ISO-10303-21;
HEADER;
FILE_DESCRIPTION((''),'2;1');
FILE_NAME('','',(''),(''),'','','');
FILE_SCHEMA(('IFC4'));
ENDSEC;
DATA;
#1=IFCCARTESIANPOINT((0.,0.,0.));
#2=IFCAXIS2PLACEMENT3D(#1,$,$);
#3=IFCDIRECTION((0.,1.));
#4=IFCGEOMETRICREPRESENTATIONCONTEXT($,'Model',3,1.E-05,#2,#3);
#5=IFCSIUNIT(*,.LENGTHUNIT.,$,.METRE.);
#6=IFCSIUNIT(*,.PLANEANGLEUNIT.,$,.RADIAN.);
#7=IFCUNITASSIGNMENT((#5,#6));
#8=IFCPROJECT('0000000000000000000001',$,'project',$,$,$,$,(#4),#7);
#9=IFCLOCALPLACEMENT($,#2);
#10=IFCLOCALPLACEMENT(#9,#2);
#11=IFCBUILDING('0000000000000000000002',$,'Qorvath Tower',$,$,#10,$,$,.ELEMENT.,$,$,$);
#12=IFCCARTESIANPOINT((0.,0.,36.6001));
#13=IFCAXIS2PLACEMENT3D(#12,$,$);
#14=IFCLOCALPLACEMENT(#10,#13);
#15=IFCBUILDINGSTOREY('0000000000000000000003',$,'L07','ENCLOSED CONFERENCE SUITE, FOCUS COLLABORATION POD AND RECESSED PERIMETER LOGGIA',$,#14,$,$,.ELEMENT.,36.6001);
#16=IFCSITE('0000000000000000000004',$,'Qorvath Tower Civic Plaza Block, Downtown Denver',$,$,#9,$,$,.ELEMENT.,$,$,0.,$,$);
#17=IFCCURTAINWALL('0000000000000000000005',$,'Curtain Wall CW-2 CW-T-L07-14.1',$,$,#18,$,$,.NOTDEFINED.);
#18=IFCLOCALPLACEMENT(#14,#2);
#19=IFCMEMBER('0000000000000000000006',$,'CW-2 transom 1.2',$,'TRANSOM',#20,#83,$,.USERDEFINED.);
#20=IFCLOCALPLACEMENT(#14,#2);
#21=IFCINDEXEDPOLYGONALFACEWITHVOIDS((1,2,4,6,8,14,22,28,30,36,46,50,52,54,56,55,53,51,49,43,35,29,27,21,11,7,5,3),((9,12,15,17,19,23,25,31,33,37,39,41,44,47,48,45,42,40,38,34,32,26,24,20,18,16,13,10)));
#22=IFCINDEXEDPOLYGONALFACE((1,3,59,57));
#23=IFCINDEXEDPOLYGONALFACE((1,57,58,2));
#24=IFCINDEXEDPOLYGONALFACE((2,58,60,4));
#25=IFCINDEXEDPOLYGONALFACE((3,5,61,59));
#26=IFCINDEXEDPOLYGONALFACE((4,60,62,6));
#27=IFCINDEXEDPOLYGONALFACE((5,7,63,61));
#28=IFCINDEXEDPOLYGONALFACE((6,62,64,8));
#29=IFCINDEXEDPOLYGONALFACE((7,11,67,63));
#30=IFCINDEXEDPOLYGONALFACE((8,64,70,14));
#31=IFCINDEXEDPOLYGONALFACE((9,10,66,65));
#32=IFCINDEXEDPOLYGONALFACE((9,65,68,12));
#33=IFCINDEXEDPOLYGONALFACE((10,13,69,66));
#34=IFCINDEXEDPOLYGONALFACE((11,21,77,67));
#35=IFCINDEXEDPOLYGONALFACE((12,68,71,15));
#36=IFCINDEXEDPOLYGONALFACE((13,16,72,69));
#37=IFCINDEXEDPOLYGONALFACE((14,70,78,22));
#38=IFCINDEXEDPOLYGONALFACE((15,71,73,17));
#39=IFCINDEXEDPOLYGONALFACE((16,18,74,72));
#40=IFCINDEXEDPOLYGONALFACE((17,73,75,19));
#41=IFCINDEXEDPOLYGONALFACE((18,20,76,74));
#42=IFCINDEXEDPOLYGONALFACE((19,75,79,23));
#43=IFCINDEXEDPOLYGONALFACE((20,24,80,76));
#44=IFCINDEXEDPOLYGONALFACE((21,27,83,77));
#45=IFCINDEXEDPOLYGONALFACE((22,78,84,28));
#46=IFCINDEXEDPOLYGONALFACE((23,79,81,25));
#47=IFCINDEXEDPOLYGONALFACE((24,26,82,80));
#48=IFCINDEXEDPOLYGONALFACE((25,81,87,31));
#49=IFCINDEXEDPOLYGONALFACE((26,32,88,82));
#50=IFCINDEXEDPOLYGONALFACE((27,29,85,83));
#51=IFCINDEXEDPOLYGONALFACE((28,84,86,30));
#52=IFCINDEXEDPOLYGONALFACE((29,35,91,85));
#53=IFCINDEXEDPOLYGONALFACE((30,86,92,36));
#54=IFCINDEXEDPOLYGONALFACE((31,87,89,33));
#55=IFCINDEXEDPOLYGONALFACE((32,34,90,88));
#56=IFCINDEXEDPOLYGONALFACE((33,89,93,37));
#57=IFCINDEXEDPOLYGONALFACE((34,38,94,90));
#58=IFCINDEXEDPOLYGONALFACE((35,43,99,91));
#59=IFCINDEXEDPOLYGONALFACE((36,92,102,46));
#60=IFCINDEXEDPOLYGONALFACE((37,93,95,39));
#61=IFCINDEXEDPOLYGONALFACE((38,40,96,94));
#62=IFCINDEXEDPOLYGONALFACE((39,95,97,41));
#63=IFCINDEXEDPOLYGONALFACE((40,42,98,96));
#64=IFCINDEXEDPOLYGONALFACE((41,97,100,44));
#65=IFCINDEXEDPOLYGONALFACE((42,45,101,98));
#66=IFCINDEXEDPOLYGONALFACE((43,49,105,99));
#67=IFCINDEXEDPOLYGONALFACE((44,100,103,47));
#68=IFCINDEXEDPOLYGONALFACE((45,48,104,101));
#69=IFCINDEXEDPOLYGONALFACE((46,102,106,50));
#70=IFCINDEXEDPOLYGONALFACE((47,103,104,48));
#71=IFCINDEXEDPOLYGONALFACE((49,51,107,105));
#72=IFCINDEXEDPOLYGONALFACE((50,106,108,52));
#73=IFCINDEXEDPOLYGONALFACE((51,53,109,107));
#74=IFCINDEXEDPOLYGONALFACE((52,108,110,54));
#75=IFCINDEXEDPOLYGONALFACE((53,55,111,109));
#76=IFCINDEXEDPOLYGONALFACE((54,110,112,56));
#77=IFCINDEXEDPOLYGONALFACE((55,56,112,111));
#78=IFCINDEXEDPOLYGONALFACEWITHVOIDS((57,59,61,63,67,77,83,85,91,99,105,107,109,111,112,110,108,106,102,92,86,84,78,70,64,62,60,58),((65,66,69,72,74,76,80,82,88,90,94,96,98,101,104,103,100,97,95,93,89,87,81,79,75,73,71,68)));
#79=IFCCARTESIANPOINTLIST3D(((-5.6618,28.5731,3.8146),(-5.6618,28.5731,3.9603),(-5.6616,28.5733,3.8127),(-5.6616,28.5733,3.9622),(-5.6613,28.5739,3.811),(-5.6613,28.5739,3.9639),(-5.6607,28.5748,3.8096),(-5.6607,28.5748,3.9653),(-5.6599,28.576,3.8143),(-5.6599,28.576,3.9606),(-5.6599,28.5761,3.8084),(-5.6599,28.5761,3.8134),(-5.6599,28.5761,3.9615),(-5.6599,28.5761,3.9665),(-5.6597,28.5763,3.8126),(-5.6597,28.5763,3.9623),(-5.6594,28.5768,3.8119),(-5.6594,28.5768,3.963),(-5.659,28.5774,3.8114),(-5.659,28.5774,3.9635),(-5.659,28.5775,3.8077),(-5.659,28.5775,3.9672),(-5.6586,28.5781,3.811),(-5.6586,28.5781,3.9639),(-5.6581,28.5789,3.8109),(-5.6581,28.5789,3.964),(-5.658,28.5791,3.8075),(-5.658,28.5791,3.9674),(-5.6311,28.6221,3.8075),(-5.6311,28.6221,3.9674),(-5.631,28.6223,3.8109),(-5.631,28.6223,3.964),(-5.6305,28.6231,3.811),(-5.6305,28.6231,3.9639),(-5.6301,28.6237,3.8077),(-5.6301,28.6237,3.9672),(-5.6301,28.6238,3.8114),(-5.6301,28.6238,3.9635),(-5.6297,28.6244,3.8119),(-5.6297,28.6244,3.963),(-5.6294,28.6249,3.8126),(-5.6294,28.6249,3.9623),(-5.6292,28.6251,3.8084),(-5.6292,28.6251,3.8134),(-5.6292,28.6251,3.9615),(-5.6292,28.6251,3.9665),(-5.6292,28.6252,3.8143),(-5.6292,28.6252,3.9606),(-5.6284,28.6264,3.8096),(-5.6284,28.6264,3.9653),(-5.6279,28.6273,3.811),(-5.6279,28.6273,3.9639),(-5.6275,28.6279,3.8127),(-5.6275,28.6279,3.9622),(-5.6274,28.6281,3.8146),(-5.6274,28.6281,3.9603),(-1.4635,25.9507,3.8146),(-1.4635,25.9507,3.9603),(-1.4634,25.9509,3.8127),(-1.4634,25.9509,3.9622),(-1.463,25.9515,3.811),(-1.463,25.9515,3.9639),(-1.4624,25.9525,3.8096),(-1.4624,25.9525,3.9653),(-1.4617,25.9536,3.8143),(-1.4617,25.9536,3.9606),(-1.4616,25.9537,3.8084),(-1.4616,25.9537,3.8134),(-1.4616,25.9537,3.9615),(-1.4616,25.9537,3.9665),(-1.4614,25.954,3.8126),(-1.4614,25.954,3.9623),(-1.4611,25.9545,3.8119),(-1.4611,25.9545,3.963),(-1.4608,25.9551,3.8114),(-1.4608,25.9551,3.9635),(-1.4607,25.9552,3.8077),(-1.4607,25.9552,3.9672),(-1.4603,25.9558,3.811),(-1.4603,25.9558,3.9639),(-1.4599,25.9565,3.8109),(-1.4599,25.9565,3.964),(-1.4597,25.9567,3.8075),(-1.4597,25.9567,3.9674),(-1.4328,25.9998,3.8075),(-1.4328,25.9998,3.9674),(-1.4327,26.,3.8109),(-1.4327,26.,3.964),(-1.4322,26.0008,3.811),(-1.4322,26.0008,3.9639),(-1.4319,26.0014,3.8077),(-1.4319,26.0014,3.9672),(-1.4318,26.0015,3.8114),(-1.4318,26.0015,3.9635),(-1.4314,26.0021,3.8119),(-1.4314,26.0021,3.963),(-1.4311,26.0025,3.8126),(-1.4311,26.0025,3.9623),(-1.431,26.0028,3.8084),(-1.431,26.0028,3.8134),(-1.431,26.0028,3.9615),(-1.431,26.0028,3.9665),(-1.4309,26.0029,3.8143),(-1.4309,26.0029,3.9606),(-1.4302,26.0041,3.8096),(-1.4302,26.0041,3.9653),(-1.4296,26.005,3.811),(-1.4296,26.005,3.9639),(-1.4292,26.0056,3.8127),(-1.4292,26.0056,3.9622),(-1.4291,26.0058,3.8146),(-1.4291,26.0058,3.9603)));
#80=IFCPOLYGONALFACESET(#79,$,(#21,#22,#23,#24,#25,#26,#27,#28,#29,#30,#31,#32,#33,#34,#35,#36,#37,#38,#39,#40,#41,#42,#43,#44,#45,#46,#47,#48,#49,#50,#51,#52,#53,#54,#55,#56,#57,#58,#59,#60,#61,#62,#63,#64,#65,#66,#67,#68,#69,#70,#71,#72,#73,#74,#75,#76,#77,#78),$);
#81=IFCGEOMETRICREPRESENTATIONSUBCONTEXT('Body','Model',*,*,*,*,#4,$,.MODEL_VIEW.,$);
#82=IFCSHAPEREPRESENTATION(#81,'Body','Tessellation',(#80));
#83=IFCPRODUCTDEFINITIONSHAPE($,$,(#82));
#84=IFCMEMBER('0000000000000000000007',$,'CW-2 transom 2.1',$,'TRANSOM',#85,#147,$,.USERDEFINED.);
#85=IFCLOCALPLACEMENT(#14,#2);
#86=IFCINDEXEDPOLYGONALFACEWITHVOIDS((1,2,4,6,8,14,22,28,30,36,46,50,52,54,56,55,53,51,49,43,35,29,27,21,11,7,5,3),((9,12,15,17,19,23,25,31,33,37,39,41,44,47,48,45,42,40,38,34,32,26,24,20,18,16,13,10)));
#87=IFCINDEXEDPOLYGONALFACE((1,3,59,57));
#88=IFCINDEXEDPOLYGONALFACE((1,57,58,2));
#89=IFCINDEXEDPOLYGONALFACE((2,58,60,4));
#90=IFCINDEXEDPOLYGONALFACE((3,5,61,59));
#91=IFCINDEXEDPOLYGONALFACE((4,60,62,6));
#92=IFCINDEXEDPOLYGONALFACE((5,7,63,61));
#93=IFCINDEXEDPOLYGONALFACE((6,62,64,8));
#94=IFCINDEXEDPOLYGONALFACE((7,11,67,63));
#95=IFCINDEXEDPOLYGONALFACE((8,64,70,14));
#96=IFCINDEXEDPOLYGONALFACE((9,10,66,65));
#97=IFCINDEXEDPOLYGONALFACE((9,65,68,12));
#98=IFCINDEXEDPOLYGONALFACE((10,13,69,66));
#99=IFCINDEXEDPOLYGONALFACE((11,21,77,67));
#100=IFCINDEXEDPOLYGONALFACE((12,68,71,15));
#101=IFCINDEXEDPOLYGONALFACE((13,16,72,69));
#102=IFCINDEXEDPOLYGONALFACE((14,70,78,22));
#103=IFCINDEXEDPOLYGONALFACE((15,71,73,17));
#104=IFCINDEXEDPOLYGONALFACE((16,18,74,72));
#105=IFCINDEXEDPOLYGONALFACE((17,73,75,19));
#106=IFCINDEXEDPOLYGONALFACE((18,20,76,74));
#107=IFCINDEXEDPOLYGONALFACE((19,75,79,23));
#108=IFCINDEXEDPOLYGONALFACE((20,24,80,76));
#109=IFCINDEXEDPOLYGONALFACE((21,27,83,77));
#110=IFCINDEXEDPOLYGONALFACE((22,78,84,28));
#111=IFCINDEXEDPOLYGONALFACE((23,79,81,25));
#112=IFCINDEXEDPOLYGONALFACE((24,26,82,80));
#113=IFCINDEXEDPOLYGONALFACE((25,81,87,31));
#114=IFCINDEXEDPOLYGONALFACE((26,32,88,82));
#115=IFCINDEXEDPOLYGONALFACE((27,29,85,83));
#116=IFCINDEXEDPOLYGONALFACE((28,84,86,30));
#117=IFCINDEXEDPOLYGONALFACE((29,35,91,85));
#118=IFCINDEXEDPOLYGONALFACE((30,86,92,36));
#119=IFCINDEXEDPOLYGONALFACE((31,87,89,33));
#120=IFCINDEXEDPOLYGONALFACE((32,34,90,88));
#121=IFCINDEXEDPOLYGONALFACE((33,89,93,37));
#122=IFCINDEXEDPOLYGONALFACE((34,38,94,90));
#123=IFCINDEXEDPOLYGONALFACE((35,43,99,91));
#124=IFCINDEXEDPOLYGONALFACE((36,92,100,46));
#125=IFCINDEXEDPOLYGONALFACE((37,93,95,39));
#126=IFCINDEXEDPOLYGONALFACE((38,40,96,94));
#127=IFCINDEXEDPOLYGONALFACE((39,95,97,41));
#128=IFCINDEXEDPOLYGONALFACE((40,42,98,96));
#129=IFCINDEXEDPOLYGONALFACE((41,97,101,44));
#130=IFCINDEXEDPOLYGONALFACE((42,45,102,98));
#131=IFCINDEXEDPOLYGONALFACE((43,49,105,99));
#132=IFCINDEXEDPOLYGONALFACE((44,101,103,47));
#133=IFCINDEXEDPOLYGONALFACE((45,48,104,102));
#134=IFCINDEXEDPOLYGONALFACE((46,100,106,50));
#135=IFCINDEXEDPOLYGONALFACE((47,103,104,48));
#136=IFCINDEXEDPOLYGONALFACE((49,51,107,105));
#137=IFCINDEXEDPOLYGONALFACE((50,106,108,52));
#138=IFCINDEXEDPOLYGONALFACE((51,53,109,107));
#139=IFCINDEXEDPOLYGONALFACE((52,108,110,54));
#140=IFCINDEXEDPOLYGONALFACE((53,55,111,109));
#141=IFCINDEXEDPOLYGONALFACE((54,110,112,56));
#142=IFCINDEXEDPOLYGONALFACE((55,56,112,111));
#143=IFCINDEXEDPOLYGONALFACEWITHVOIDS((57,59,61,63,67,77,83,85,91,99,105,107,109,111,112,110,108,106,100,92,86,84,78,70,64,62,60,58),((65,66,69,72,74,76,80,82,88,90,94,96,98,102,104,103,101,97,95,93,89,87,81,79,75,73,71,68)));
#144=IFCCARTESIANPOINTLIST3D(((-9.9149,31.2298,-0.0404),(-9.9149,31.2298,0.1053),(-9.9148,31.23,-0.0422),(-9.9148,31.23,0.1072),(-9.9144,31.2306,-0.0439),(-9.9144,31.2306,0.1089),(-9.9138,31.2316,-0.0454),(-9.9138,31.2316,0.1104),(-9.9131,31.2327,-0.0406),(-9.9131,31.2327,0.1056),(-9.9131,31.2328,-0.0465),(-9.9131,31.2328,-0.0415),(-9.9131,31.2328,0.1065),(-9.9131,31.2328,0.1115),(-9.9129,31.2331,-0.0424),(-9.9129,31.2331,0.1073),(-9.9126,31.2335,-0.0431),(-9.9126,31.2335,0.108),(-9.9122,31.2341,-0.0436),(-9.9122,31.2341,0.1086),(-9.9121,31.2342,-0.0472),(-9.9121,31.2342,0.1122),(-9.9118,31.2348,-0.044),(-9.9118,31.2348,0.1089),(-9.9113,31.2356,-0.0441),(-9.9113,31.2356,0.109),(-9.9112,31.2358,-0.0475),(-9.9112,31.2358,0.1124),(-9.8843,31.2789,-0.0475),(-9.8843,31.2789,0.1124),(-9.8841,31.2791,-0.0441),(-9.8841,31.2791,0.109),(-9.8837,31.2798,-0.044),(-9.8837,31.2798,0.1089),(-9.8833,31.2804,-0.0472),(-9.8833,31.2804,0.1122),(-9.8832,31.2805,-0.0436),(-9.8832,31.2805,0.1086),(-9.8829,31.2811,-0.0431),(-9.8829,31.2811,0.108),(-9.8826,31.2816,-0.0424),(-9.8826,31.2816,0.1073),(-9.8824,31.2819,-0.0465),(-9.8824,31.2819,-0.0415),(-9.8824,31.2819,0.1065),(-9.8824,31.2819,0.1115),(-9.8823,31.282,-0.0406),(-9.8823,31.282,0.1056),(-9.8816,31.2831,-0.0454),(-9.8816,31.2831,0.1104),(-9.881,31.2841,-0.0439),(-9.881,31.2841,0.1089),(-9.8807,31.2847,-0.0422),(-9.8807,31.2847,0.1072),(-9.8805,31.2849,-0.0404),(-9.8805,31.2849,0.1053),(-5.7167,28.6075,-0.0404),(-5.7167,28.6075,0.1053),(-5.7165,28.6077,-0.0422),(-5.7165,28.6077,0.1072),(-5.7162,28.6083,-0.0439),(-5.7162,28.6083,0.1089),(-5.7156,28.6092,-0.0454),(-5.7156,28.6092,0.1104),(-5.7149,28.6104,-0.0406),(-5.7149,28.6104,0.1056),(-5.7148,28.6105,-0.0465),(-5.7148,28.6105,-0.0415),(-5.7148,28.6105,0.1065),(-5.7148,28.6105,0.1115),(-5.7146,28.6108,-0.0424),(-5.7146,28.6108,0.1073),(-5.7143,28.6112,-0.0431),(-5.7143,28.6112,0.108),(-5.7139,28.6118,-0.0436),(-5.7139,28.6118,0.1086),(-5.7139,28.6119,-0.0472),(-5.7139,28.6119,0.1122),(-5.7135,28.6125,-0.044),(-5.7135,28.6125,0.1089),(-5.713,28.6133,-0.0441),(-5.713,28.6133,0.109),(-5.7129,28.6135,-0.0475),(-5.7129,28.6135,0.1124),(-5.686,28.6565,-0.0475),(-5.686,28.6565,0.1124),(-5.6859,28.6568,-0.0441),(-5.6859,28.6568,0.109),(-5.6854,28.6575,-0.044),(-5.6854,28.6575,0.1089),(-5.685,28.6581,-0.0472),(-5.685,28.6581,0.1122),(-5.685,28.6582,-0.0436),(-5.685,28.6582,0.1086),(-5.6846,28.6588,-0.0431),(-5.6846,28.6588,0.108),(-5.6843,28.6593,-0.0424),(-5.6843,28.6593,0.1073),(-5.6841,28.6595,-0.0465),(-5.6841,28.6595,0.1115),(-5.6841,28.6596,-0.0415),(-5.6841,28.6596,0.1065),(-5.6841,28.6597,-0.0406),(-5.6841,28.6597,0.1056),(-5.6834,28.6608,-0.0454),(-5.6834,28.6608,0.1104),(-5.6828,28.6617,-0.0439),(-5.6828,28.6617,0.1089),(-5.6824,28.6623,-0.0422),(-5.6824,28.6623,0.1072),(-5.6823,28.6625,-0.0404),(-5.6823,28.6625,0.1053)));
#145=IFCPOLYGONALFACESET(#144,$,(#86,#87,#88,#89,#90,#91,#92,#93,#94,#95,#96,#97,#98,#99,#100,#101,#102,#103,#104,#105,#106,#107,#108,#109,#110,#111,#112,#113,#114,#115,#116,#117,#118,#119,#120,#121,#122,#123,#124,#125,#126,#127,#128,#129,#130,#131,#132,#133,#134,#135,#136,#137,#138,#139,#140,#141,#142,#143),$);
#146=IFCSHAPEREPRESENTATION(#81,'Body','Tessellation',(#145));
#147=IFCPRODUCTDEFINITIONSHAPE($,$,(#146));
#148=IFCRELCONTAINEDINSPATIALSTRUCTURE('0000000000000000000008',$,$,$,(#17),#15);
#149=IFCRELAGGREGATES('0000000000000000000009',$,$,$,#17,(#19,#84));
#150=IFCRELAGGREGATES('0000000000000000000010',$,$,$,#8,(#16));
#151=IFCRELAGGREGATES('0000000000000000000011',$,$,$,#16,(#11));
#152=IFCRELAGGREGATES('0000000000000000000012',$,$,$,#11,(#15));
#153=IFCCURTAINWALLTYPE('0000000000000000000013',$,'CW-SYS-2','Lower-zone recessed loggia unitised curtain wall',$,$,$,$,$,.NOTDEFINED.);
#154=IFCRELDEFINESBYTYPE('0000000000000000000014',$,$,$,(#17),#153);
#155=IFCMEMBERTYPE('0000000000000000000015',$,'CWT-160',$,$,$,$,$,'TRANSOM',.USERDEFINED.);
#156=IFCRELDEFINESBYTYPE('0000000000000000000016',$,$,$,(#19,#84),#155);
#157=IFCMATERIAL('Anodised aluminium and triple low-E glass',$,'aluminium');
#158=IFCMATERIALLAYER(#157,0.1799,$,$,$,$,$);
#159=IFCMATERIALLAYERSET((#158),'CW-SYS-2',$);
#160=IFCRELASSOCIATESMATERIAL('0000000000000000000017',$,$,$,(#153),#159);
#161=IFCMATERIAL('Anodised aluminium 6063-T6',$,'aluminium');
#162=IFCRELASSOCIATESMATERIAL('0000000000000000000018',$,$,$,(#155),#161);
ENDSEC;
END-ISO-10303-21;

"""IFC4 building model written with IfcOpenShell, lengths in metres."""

from ifc_helpers import new_model, si_unit, direction, frame, origin, origin_2d, place, context, subcontext, project, spatial, hollow_rectangle, extrude, material, layer, layer_set, material_profile, profile_set, type_object, element, aggregate, save


model = new_model("IFC4")

# Units and contexts
model_context = context("Model", 3, precision=1e-05, world=origin(), true_north=direction((0.0, 1.0)))
body_context = subcontext(model_context, "Body", "Model", "MODEL_VIEW")
ifc_project = project(units=[si_unit("LENGTHUNIT", "METRE"), si_unit("PLANEANGLEUNIT", "RADIAN")], contexts=[model_context])

# Site, building, storey
site_placement = place(None, origin())
site = spatial("IfcSite", under=ifc_project, at=site_placement, Name="Qorvath Tower Civic Plaza Block, Downtown Denver", CompositionType="ELEMENT", RefElevation=0.0)
building_placement = place(site_placement, origin())
building = spatial("IfcBuilding", under=site, at=building_placement, Name="Qorvath Tower", CompositionType="ELEMENT")
storey_placement = place(building_placement, frame((0.0, 0.0, 36.6001)))
storey = spatial("IfcBuildingStorey", under=building, at=storey_placement, Name="L07", Description="ENCLOSED CONFERENCE SUITE, FOCUS COLLABORATION POD AND RECESSED PERIMETER LOGGIA", CompositionType="ELEMENT", Elevation=36.6001)

# Shared definitions
ifc_material_1 = material(Name="Anodised aluminium and triple low-E glass", Category="aluminium")
ifc_layer_1 = layer(ifc_material_1, 0.1799)
ifc_layer_set_1 = layer_set([ifc_layer_1], Name="CW-SYS-2")
curtain_wall_type = type_object("IfcCurtainWallType", Name="CW-SYS-2", Description="Lower-zone recessed loggia unitised curtain wall", PredefinedType="NOTDEFINED", material=ifc_layer_set_1)

# Curtain wall
curtain_wall_1_placement = place(storey_placement, origin())
curtain_wall_1 = element("IfcCurtainWall", 1, at=curtain_wall_1_placement, inside=storey, type_object=curtain_wall_type, Name="Curtain Wall CW-2 CW-T-L07-14.1", PredefinedType="NOTDEFINED")

# Members
ifc_material_2 = material(Name="Anodised aluminium 6063-T6", Category="aluminium")
ifc_material_profile_1 = material_profile(ifc_material_2, hollow_rectangle(XDim=0.0649, YDim=0.1599, WallThickness=0.0034, InnerFilletRadius=0.0034, OuterFilletRadius=0.0071, at=origin_2d()), Name="CWT 160x65")
ifc_profile_set_1 = profile_set([ifc_material_profile_1], Name="Anodised aluminium 6063-T6")
member_type_1 = type_object("IfcMemberType", Name="CWT-160", ElementType="TRANSOM", PredefinedType="USERDEFINED", material=ifc_profile_set_1)
member_1_placement = place(storey_placement, frame((-1.4463, 25.9783, 3.8875), z_axis=(-0.848142, 0.529768, 0.0), x_axis=(-0.529768, -0.848142, 0.0)))
member_1 = element("IfcMember", 2, at=member_1_placement, type_object=member_type_1, Name="CW-2 transom 1.2", ObjectType="TRANSOM", PredefinedType="USERDEFINED", context=body_context, shape_type="SweptSolid", body=[
    extrude(hollow_rectangle(XDim=0.0649, YDim=0.1599, WallThickness=0.0034, InnerFilletRadius=0.0034, OuterFilletRadius=0.0071, at=origin_2d()), origin(), (0.0, 0.0, 1.0), 4.95),
])
member_2_placement = place(storey_placement, frame((-5.6995, 28.635, 0.0325), z_axis=(-0.848142, 0.529768, 0.0), x_axis=(-0.529768, -0.848142, 0.0)))
member_2 = element("IfcMember", 3, at=member_2_placement, type_object=member_type_1, Name="CW-2 transom 2.1", ObjectType="TRANSOM", PredefinedType="USERDEFINED", context=body_context, shape_type="SweptSolid", body=[
    extrude(hollow_rectangle(XDim=0.0649, YDim=0.1599, WallThickness=0.0034, InnerFilletRadius=0.0034, OuterFilletRadius=0.0071, at=origin_2d()), origin(), (0.0, 0.0, 1.0), 4.95),
])

aggregate(curtain_wall_1, [member_1, member_2])

save(model, "model.ifc")
